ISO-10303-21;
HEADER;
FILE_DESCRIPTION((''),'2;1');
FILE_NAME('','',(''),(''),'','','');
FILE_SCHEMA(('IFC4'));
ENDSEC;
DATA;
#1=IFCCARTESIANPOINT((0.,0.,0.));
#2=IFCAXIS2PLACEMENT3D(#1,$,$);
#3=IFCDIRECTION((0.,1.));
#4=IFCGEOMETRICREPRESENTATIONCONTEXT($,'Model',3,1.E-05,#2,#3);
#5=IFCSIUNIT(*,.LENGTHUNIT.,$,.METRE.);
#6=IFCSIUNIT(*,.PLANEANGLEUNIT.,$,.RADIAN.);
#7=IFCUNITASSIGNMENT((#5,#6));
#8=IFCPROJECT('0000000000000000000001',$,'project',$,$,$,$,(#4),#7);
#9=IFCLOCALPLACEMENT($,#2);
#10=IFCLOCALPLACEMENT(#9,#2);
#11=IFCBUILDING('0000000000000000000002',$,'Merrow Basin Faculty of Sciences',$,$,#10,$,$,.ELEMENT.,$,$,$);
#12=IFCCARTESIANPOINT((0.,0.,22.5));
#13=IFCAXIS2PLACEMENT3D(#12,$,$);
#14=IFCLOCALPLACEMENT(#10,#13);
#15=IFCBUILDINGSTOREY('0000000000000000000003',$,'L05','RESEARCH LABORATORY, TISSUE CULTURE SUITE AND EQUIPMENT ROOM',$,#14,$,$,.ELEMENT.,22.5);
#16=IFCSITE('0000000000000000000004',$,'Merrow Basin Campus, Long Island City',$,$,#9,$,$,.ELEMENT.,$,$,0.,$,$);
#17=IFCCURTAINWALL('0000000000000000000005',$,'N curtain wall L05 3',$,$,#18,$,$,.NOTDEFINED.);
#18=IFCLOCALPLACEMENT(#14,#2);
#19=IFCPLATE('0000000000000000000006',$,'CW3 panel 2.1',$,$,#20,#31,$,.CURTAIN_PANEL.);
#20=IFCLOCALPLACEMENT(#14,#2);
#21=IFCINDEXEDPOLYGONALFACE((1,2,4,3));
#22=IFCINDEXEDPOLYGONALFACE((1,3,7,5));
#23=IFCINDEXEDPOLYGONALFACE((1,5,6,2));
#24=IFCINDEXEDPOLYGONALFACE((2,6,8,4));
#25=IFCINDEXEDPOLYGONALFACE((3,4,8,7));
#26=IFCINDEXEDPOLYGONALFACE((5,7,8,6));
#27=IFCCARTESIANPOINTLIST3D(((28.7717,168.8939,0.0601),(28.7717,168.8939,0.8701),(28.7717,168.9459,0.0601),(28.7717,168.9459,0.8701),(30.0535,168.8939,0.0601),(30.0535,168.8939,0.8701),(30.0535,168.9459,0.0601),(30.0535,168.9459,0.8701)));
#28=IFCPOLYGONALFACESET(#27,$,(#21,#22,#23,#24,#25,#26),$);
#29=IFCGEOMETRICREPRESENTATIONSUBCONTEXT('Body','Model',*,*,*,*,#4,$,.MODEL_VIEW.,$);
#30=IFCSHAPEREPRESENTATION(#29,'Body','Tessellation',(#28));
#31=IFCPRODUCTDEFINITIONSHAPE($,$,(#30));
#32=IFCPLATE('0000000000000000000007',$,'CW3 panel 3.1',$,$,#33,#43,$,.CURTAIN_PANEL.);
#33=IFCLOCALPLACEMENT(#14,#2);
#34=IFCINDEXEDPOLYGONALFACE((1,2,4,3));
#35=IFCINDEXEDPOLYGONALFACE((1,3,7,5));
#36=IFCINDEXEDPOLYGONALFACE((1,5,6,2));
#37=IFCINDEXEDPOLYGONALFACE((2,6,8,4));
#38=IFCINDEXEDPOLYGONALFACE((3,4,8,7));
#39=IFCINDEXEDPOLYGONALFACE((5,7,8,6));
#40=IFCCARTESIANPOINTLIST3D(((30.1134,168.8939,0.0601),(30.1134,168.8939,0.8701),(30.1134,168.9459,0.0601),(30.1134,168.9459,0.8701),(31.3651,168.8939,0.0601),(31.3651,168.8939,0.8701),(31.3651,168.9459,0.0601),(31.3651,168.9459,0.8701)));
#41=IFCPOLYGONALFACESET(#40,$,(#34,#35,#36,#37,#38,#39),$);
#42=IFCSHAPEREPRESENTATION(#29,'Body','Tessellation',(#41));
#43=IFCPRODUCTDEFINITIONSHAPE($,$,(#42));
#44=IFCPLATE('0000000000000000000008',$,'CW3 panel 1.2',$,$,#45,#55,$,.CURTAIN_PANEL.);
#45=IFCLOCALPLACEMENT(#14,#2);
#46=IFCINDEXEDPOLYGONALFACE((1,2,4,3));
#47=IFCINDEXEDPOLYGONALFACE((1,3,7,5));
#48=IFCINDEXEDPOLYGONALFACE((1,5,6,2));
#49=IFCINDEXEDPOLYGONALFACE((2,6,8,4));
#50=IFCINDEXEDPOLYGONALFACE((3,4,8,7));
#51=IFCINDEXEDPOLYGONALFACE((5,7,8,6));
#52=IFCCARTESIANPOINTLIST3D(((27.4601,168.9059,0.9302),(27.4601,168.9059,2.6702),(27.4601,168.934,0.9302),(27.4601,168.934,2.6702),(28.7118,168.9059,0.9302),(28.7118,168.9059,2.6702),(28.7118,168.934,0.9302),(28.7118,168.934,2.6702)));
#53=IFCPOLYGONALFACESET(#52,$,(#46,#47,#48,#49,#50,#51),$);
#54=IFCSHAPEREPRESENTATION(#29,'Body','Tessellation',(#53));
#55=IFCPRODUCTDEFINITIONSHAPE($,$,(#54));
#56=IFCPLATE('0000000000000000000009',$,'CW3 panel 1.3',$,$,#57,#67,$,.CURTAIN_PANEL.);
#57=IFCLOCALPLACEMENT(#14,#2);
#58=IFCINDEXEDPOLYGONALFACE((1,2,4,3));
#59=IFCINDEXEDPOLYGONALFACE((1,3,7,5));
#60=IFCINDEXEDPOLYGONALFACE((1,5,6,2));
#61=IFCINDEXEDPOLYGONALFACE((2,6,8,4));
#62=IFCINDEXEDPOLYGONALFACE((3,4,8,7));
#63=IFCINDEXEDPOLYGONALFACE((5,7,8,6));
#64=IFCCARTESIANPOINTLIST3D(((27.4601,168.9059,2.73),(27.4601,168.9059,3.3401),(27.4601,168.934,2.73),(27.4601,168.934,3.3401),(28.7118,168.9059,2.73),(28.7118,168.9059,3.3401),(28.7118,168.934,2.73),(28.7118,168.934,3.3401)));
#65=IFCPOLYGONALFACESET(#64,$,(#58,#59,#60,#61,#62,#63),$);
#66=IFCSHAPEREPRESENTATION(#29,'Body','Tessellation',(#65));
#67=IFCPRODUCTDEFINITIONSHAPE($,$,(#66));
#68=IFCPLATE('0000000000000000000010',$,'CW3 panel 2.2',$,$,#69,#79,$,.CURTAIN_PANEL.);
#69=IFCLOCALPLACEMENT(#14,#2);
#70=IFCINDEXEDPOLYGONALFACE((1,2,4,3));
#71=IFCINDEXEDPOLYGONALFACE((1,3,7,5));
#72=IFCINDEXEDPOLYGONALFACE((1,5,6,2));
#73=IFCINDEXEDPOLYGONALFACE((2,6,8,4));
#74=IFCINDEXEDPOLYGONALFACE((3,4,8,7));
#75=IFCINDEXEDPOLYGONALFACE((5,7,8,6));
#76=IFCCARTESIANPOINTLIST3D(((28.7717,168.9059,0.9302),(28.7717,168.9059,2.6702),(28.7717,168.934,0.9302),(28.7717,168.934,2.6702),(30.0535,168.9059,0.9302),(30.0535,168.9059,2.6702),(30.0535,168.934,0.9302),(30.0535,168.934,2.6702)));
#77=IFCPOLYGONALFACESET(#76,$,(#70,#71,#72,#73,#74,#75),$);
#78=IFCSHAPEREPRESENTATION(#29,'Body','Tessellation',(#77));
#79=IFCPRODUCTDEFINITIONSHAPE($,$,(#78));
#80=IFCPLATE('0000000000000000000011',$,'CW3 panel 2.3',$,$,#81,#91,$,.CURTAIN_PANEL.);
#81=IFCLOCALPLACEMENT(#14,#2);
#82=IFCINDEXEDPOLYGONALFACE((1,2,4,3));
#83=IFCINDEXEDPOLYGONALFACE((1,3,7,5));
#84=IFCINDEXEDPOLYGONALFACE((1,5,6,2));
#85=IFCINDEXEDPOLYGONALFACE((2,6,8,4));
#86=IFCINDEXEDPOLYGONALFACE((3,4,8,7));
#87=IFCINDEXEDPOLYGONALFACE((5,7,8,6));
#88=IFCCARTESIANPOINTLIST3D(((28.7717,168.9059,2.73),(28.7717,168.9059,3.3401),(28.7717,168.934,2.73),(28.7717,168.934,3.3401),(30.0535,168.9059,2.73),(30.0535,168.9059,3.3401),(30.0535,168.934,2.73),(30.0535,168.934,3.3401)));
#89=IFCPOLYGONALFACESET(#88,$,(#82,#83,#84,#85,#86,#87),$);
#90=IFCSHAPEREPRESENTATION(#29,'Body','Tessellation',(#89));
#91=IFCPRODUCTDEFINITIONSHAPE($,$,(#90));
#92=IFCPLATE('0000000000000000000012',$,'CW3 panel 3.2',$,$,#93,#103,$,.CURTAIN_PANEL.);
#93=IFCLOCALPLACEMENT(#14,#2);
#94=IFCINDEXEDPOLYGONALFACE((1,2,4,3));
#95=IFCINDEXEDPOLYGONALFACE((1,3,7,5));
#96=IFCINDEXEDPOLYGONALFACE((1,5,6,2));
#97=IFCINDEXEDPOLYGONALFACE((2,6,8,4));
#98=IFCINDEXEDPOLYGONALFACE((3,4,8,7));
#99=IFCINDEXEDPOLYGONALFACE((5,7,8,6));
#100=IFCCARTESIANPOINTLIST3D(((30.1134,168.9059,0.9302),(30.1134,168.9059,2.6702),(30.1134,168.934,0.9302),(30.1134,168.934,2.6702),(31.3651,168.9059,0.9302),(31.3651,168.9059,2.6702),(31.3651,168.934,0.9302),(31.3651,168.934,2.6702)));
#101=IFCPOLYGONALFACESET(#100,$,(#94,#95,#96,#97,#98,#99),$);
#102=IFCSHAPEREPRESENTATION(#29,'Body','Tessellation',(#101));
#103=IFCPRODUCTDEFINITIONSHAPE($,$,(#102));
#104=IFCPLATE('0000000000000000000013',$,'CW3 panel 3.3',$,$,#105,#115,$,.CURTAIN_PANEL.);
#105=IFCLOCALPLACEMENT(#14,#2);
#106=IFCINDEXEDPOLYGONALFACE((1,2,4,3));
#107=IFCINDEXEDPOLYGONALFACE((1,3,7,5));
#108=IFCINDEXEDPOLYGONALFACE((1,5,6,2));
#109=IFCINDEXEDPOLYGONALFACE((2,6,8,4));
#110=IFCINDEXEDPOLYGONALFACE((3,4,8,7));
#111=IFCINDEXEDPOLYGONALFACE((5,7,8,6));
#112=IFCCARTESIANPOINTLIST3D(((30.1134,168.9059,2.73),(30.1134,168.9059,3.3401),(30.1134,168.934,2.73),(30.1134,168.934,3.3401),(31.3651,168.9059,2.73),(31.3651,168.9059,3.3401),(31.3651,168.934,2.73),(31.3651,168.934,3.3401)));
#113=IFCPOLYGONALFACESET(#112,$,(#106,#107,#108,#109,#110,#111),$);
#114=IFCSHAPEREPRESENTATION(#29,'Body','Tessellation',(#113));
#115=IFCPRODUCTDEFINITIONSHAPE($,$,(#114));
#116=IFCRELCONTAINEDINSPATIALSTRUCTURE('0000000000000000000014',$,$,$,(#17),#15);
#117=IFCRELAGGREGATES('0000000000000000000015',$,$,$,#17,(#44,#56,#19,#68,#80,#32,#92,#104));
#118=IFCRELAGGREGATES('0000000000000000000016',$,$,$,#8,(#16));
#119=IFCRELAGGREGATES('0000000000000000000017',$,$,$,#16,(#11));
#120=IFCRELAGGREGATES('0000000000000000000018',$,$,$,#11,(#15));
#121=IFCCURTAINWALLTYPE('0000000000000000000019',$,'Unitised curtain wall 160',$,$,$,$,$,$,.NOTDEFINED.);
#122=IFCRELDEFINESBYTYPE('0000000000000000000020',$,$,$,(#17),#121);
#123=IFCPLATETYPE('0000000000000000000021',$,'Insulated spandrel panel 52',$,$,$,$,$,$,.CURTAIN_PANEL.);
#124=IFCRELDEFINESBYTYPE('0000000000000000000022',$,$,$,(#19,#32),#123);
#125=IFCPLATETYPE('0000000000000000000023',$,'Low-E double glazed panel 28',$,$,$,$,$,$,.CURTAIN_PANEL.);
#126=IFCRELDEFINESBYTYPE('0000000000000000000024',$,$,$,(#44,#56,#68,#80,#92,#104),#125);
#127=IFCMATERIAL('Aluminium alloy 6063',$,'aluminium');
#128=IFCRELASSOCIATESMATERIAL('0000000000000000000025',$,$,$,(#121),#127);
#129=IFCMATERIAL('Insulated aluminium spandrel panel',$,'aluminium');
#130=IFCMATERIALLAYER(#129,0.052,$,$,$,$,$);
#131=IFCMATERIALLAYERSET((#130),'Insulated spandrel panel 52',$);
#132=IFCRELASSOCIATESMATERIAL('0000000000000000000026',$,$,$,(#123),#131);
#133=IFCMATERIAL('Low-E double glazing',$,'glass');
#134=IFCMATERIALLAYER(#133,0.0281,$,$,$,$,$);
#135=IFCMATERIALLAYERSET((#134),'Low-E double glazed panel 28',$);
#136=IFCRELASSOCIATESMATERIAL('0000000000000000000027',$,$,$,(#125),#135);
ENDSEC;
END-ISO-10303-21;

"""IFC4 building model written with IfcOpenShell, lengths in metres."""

from ifc_helpers import new_model, si_unit, direction, frame, origin, origin_2d, place, context, subcontext, project, spatial, rectangle, extrude, material, layer, layer_set, type_object, element, aggregate, save


model = new_model("IFC4")

# Units and contexts
model_context = context("Model", 3, precision=1e-05, world=origin(), true_north=direction((0.0, 1.0)))
body_context = subcontext(model_context, "Body", "Model", "MODEL_VIEW")
ifc_project = project(units=[si_unit("LENGTHUNIT", "METRE"), si_unit("PLANEANGLEUNIT", "RADIAN")], contexts=[model_context])

# Site, building, storey
site_placement = place(None, origin())
site = spatial("IfcSite", under=ifc_project, at=site_placement, Name="Merrow Basin Campus, Long Island City", CompositionType="ELEMENT", RefElevation=0.0)
building_placement = place(site_placement, origin())
building = spatial("IfcBuilding", under=site, at=building_placement, Name="Merrow Basin Faculty of Sciences", CompositionType="ELEMENT")
storey_placement = place(building_placement, frame((0.0, 0.0, 22.5)))
storey = spatial("IfcBuildingStorey", under=building, at=storey_placement, Name="L05", Description="RESEARCH LABORATORY, TISSUE CULTURE SUITE AND EQUIPMENT ROOM", CompositionType="ELEMENT", Elevation=22.5)

# Curtain wall
ifc_material_1 = material(Name="Aluminium alloy 6063", Category="aluminium")
curtain_wall_type = type_object("IfcCurtainWallType", Name="Unitised curtain wall 160", PredefinedType="NOTDEFINED", material=ifc_material_1)
curtain_wall_1_placement = place(storey_placement, origin())
curtain_wall_1 = element("IfcCurtainWall", 1, at=curtain_wall_1_placement, inside=storey, type_object=curtain_wall_type, Name="N curtain wall L05 3", PredefinedType="NOTDEFINED")

# Plates
ifc_material_2 = material(Name="Insulated aluminium spandrel panel", Category="aluminium")
ifc_layer_1 = layer(ifc_material_2, 0.052)
ifc_layer_set_1 = layer_set([ifc_layer_1], Name="Insulated spandrel panel 52")
plate_type_1 = type_object("IfcPlateType", Name="Insulated spandrel panel 52", PredefinedType="CURTAIN_PANEL", material=ifc_layer_set_1)
plate_1_placement = place(storey_placement, frame((29.4126, 168.9199, 0.0601), z_axis=(0.0, 0.0, 1.0), x_axis=(1.0, 0.0, 0.0)))
plate_1 = element("IfcPlate", 2, at=plate_1_placement, type_object=plate_type_1, Name="CW3 panel 2.1", PredefinedType="CURTAIN_PANEL", context=body_context, shape_type="SweptSolid", body=[
    extrude(rectangle(XDim=1.2817, YDim=0.052, at=origin_2d()), origin(), (0.0, 0.0, 1.0), 0.8101),
])
plate_2_placement = place(storey_placement, frame((30.7393, 168.9199, 0.0601), z_axis=(0.0, 0.0, 1.0), x_axis=(1.0, 0.0, 0.0)))
plate_2 = element("IfcPlate", 3, at=plate_2_placement, type_object=plate_type_1, Name="CW3 panel 3.1", PredefinedType="CURTAIN_PANEL", context=body_context, shape_type="SweptSolid", body=[
    extrude(rectangle(XDim=1.2517, YDim=0.052, at=origin_2d()), origin(), (0.0, 0.0, 1.0), 0.8101),
])
ifc_material_3 = material(Name="Low-E double glazing", Category="glass")
ifc_layer_2 = layer(ifc_material_3, 0.0281)
ifc_layer_set_2 = layer_set([ifc_layer_2], Name="Low-E double glazed panel 28")
plate_type_2 = type_object("IfcPlateType", Name="Low-E double glazed panel 28", PredefinedType="CURTAIN_PANEL", material=ifc_layer_set_2)
plate_3_placement = place(storey_placement, frame((28.0859, 168.9199, 0.9302), z_axis=(0.0, 0.0, 1.0), x_axis=(1.0, 0.0, 0.0)))
plate_3 = element("IfcPlate", 4, at=plate_3_placement, type_object=plate_type_2, Name="CW3 panel 1.2", PredefinedType="CURTAIN_PANEL", context=body_context, shape_type="SweptSolid", body=[
    extrude(rectangle(XDim=1.2517, YDim=0.0281, at=origin_2d()), origin(), (0.0, 0.0, 1.0), 1.74),
])
plate_4_placement = place(storey_placement, frame((28.0859, 168.9199, 2.73), z_axis=(0.0, 0.0, 1.0), x_axis=(1.0, 0.0, 0.0)))
plate_4 = element("IfcPlate", 5, at=plate_4_placement, type_object=plate_type_2, Name="CW3 panel 1.3", PredefinedType="CURTAIN_PANEL", context=body_context, shape_type="SweptSolid", body=[
    extrude(rectangle(XDim=1.2517, YDim=0.0281, at=origin_2d()), origin(), (0.0, 0.0, 1.0), 0.6101),
])
plate_5_placement = place(storey_placement, frame((29.4126, 168.9199, 0.9302), z_axis=(0.0, 0.0, 1.0), x_axis=(1.0, 0.0, 0.0)))
plate_5 = element("IfcPlate", 6, at=plate_5_placement, type_object=plate_type_2, Name="CW3 panel 2.2", PredefinedType="CURTAIN_PANEL", context=body_context, shape_type="SweptSolid", body=[
    extrude(rectangle(XDim=1.2817, YDim=0.0281, at=origin_2d()), origin(), (0.0, 0.0, 1.0), 1.74),
])
plate_6_placement = place(storey_placement, frame((29.4126, 168.9199, 2.73), z_axis=(0.0, 0.0, 1.0), x_axis=(1.0, 0.0, 0.0)))
plate_6 = element("IfcPlate", 7, at=plate_6_placement, type_object=plate_type_2, Name="CW3 panel 2.3", PredefinedType="CURTAIN_PANEL", context=body_context, shape_type="SweptSolid", body=[
    extrude(rectangle(XDim=1.2817, YDim=0.0281, at=origin_2d()), origin(), (0.0, 0.0, 1.0), 0.6101),
])
plate_7_placement = place(storey_placement, frame((30.7393, 168.9199, 0.9302), z_axis=(0.0, 0.0, 1.0), x_axis=(1.0, 0.0, 0.0)))
plate_7 = element("IfcPlate", 8, at=plate_7_placement, type_object=plate_type_2, Name="CW3 panel 3.2", PredefinedType="CURTAIN_PANEL", context=body_context, shape_type="SweptSolid", body=[
    extrude(rectangle(XDim=1.2517, YDim=0.0281, at=origin_2d()), origin(), (0.0, 0.0, 1.0), 1.74),
])
plate_8_placement = place(storey_placement, frame((30.7393, 168.9199, 2.73), z_axis=(0.0, 0.0, 1.0), x_axis=(1.0, 0.0, 0.0)))
plate_8 = element("IfcPlate", 9, at=plate_8_placement, type_object=plate_type_2, Name="CW3 panel 3.3", PredefinedType="CURTAIN_PANEL", context=body_context, shape_type="SweptSolid", body=[
    extrude(rectangle(XDim=1.2517, YDim=0.0281, at=origin_2d()), origin(), (0.0, 0.0, 1.0), 0.6101),
])
aggregate(curtain_wall_1, [plate_3, plate_4, plate_1, plate_5, plate_6, plate_2, plate_7, plate_8])

save(model, "model.ifc")
